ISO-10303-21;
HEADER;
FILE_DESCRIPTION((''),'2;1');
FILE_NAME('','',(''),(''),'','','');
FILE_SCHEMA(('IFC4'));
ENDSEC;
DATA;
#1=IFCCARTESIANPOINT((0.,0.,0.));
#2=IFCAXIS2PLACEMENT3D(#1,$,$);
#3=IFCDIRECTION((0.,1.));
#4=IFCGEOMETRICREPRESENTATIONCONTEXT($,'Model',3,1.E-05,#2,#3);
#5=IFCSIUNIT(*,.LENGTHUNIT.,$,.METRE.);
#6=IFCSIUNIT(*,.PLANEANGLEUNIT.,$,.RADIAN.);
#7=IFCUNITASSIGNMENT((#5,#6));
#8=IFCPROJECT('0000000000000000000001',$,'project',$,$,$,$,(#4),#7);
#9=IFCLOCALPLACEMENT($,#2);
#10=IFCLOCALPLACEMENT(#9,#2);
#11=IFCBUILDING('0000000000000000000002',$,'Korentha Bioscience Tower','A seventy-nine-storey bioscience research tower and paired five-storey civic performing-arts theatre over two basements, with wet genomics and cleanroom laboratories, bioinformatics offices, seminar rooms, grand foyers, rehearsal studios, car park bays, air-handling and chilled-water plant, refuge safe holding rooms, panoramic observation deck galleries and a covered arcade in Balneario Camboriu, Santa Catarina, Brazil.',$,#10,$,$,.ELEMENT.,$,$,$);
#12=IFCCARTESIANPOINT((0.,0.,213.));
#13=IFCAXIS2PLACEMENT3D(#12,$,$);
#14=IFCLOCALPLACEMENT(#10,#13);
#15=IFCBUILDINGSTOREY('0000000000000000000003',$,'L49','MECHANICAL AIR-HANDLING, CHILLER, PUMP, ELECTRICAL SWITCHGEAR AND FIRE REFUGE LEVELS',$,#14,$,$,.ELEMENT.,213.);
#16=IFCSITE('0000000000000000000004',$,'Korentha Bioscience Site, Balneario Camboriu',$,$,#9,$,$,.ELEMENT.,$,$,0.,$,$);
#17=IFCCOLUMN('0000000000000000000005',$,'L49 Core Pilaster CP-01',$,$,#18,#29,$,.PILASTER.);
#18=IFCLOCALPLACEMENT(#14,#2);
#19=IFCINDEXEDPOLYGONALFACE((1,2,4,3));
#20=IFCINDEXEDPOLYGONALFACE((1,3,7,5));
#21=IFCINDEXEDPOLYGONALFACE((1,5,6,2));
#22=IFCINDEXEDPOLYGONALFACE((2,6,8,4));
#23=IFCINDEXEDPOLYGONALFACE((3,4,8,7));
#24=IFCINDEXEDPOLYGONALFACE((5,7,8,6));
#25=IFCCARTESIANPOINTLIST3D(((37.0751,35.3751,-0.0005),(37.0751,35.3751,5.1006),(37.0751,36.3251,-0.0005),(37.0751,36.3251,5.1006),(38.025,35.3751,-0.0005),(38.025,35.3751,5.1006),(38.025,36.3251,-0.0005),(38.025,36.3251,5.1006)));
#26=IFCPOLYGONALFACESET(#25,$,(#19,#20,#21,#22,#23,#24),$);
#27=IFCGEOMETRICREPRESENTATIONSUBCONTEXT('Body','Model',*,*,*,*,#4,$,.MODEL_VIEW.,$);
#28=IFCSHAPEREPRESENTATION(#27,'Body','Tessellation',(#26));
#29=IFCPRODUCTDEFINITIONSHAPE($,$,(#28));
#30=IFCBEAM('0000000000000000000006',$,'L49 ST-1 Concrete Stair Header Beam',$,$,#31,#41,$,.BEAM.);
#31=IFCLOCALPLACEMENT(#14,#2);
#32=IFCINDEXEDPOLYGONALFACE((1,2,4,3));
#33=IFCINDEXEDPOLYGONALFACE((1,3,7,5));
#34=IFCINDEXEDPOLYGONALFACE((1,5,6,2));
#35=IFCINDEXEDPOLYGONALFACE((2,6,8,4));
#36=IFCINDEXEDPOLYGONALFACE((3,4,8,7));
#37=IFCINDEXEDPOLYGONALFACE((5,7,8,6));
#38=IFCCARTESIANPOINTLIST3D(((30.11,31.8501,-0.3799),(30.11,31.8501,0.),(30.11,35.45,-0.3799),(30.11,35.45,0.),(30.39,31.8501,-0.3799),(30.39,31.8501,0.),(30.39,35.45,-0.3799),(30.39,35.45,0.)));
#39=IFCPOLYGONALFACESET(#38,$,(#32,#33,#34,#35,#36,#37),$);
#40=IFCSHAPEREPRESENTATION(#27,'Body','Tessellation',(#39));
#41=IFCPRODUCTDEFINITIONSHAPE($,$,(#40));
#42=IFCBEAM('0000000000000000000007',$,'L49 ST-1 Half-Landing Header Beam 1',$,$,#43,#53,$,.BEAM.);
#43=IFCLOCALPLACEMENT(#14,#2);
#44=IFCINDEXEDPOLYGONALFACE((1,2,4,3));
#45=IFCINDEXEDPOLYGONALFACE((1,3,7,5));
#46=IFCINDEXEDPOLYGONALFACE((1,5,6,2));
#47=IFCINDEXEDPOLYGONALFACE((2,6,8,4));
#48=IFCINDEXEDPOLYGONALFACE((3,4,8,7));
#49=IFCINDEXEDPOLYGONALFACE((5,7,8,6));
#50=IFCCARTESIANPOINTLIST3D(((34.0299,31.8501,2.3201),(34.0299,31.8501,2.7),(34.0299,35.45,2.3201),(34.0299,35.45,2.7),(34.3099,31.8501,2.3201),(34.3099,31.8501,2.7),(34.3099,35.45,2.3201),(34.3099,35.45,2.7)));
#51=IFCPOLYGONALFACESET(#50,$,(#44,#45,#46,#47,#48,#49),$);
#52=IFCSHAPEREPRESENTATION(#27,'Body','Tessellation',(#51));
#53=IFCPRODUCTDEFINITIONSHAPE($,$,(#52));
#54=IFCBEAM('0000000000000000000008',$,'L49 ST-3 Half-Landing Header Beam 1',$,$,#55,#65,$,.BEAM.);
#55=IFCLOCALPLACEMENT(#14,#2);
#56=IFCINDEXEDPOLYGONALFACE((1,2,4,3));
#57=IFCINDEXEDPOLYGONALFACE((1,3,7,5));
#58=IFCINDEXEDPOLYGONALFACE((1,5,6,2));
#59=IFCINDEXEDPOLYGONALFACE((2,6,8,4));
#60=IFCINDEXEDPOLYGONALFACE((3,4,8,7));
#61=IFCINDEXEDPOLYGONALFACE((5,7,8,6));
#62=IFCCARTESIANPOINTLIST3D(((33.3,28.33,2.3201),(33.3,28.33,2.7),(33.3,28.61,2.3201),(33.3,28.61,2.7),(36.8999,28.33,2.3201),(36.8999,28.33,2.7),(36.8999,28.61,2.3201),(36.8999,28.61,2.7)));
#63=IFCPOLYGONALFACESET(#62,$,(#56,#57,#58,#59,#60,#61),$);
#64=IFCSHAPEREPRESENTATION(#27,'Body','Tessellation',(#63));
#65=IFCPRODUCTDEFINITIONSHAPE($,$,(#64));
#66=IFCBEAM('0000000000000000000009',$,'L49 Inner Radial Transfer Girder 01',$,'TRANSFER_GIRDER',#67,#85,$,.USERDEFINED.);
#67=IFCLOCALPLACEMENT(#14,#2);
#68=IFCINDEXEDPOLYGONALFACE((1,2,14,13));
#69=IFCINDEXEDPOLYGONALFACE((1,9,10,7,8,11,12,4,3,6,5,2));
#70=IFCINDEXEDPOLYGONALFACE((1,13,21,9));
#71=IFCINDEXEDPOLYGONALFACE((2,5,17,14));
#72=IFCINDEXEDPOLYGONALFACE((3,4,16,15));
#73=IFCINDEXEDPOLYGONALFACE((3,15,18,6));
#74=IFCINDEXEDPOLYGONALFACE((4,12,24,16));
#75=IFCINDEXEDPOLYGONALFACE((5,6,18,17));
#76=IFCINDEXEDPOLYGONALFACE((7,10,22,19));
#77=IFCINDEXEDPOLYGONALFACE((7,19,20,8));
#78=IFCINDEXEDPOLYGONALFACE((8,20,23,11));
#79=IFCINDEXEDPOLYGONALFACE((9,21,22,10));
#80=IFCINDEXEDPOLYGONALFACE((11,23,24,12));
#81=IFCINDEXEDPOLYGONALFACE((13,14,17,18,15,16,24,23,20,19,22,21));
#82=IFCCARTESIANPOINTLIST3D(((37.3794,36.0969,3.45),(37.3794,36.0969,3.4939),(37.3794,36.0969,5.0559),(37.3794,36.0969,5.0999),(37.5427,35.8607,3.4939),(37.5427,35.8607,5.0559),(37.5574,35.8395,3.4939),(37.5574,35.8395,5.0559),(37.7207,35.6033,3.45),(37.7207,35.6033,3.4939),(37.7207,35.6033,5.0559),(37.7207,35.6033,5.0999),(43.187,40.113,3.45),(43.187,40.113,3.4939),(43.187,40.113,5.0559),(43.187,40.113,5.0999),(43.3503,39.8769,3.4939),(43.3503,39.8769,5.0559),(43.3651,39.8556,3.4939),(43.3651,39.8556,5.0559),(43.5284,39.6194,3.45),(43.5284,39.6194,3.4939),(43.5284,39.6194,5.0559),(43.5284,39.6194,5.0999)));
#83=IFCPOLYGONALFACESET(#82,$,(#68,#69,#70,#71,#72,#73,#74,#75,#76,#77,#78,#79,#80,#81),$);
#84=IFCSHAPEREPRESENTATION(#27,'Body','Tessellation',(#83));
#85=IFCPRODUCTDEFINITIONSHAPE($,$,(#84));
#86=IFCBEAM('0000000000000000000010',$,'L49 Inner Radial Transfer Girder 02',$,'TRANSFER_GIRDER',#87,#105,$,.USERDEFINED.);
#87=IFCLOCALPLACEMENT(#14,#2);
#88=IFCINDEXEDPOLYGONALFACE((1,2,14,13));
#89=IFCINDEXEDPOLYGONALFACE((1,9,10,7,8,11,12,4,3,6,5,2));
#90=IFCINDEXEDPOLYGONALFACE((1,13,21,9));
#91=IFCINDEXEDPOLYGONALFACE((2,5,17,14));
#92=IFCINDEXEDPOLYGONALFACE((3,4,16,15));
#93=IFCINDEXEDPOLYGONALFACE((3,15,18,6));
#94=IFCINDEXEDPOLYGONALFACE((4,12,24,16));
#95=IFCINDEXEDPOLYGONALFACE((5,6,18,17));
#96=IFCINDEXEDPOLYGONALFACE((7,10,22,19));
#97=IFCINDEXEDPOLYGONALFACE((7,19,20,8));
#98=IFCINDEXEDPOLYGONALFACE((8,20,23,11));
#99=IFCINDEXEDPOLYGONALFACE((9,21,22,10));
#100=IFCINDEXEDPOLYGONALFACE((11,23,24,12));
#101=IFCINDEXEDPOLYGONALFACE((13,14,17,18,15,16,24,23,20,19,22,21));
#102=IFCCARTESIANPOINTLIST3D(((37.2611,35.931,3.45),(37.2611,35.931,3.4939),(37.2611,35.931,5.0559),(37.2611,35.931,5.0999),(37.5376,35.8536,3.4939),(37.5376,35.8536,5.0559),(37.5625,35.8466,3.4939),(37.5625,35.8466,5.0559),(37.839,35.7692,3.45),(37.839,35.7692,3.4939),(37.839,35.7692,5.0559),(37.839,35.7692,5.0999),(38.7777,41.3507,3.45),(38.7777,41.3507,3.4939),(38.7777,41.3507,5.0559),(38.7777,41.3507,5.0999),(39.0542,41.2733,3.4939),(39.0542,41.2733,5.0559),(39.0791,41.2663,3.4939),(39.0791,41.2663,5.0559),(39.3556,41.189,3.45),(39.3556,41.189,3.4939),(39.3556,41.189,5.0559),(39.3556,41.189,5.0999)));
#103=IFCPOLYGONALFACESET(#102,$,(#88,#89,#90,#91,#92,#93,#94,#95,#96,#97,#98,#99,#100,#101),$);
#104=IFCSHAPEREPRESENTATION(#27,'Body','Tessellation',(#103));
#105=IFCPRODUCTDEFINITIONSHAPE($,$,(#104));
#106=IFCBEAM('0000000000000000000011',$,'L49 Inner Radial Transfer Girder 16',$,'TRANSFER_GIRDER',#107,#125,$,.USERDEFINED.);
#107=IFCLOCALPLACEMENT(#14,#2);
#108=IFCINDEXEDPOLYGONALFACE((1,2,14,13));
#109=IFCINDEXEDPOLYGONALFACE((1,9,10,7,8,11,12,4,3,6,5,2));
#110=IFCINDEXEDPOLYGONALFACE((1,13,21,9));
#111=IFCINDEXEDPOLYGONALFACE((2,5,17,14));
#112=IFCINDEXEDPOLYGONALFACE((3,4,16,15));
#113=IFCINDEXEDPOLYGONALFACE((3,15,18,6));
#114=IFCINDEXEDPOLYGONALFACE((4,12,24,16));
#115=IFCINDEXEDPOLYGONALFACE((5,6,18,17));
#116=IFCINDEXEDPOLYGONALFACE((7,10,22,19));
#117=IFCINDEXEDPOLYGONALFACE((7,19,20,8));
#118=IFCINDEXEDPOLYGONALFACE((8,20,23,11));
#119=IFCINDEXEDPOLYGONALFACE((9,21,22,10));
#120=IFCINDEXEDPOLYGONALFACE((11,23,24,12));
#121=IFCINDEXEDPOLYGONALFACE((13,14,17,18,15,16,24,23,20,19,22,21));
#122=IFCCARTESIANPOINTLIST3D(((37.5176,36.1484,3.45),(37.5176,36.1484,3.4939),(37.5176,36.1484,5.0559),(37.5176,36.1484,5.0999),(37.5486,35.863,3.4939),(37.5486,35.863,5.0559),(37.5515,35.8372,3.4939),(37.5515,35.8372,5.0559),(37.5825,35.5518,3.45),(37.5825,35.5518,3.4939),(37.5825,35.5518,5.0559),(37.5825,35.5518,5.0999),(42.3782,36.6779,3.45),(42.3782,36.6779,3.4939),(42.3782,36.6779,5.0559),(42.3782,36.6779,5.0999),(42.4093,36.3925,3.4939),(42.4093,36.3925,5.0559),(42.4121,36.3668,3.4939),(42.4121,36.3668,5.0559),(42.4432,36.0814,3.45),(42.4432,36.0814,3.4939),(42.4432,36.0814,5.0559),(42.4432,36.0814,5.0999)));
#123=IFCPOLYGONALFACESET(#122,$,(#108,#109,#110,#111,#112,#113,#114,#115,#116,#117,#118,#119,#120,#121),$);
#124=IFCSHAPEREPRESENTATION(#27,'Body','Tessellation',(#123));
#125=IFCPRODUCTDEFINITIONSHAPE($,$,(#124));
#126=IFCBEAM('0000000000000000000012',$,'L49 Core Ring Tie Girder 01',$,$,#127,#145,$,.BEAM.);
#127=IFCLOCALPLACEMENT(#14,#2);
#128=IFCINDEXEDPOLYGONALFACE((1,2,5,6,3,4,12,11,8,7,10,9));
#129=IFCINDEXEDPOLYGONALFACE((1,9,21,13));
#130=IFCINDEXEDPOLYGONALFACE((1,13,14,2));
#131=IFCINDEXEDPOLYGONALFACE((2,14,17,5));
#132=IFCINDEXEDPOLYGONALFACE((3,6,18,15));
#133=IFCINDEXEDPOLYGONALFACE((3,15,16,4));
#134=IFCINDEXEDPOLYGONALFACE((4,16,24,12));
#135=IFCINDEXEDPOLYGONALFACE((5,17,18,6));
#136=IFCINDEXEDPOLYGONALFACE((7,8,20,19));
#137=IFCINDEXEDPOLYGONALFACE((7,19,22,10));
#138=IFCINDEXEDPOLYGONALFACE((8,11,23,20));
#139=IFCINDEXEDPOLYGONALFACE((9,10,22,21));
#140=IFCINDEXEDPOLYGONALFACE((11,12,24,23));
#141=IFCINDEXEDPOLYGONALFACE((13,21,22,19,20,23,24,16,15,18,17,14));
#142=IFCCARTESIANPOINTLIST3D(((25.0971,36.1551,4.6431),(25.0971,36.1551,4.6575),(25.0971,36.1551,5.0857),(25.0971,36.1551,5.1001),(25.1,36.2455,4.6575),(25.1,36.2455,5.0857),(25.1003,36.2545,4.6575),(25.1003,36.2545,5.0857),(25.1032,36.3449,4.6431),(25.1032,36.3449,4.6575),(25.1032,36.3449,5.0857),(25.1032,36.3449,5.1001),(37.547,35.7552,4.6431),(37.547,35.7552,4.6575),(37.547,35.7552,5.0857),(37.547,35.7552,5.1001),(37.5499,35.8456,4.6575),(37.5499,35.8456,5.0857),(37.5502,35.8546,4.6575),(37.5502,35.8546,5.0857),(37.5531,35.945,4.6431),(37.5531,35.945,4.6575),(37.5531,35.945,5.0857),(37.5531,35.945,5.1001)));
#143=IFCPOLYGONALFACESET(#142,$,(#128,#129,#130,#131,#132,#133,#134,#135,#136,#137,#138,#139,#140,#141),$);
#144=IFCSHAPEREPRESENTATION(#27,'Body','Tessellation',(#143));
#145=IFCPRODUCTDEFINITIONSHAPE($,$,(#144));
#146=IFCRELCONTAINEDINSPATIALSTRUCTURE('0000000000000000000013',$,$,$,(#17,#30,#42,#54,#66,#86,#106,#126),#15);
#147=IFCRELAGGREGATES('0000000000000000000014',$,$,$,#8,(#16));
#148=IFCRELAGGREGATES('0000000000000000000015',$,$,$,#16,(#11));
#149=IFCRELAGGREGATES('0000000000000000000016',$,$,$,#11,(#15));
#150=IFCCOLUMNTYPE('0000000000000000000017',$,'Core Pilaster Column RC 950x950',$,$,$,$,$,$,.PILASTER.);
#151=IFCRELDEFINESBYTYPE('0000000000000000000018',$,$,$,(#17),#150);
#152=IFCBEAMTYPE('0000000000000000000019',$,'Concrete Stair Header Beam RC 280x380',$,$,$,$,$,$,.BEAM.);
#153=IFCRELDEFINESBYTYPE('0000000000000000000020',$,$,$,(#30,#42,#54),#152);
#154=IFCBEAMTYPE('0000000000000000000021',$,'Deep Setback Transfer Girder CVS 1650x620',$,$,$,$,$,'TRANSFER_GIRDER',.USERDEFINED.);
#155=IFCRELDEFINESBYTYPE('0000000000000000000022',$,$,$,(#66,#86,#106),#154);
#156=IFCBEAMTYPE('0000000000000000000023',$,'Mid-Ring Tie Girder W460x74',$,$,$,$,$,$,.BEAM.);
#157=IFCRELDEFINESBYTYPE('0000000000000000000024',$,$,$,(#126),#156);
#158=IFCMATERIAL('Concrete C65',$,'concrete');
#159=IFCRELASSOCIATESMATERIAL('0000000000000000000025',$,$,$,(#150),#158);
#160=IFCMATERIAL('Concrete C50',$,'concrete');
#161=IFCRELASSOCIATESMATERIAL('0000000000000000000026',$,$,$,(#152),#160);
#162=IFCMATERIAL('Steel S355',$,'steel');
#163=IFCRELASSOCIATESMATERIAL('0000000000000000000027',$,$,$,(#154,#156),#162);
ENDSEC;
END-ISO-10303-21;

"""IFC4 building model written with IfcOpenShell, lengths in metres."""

from ifc_helpers import new_model, si_unit, direction, frame, origin, origin_2d, place, context, subcontext, project, spatial, rectangle, i_section, extrude, material, material_profile, profile_set, type_object, element, save


model = new_model("IFC4")

# Units and contexts
model_context = context("Model", 3, precision=1e-05, world=origin(), true_north=direction((0.0, 1.0)))
body_context = subcontext(model_context, "Body", "Model", "MODEL_VIEW")
ifc_project = project(units=[si_unit("LENGTHUNIT", "METRE"), si_unit("PLANEANGLEUNIT", "RADIAN")], contexts=[model_context])

# Site, building, storey
site_placement = place(None, origin())
site = spatial("IfcSite", under=ifc_project, at=site_placement, Name="Korentha Bioscience Site, Balneario Camboriu", CompositionType="ELEMENT", RefElevation=0.0)
building_placement = place(site_placement, origin())
building = spatial("IfcBuilding", under=site, at=building_placement, Name="Korentha Bioscience Tower", Description="A seventy-nine-storey bioscience research tower and paired five-storey civic performing-arts theatre over two basements, with wet genomics and cleanroom laboratories, bioinformatics offices, seminar rooms, grand foyers, rehearsal studios, car park bays, air-handling and chilled-water plant, refuge safe holding rooms, panoramic observation deck galleries and a covered arcade in Balneario Camboriu, Santa Catarina, Brazil.", CompositionType="ELEMENT")
storey_placement = place(building_placement, frame((0.0, 0.0, 213.0)))
storey = spatial("IfcBuildingStorey", under=building, at=storey_placement, Name="L49", Description="MECHANICAL AIR-HANDLING, CHILLER, PUMP, ELECTRICAL SWITCHGEAR AND FIRE REFUGE LEVELS", CompositionType="ELEMENT", Elevation=213.0)

# Column
ifc_material_1 = material(Name="Concrete C65", Category="concrete")
ifc_material_profile_1 = material_profile(ifc_material_1, rectangle(XDim=0.95, YDim=0.95, at=origin_2d()), Name="Concrete C65")
ifc_profile_set_1 = profile_set([ifc_material_profile_1], Name="Concrete C65 (COL-CP09)")
column_type = type_object("IfcColumnType", Name="Core Pilaster Column RC 950x950", PredefinedType="PILASTER", material=ifc_profile_set_1)
column_placement = place(storey_placement, frame((37.55, 35.8501, -0.0005), z_axis=(0.0, 0.0, 1.0), x_axis=(1.0, 0.0, 0.0)))
element("IfcColumn", 1, at=column_placement, inside=storey, type_object=column_type, Name="L49 Core Pilaster CP-01", PredefinedType="PILASTER", context=body_context, shape_type="SweptSolid", body=[
    extrude(rectangle(XDim=0.95, YDim=0.95, at=origin_2d()), origin(), (0.0, 0.0, 1.0), 5.1011),
])

# Beams
ifc_material_2 = material(Name="Concrete C50", Category="concrete")
ifc_material_profile_2 = material_profile(ifc_material_2, rectangle(XDim=0.28, YDim=0.3799, at=origin_2d()), Name="Concrete C50")
ifc_profile_set_2 = profile_set([ifc_material_profile_2], Name="Concrete C50 (ST-HB380)")
beam_type_1 = type_object("IfcBeamType", Name="Concrete Stair Header Beam RC 280x380", PredefinedType="BEAM", material=ifc_profile_set_2)
for number, where, z_axis, x_axis, name in (
    (2, (30.25, 31.8501, -0.1899), (0.0, 1.0, 0.0), (-1.0, 0.0, 0.0), "L49 ST-1 Concrete Stair Header Beam"),
    (3, (34.1699, 31.8501, 2.51), (0.0, 1.0, 0.0), (-1.0, 0.0, 0.0), "L49 ST-1 Half-Landing Header Beam 1"),
    (4, (36.8999, 28.47, 2.51), (-1.0, 0.0, 0.0), (0.0, -1.0, 0.0), "L49 ST-3 Half-Landing Header Beam 1"),
):
    element("IfcBeam", number, at=place(storey_placement, frame(where, z_axis=z_axis, x_axis=x_axis)), inside=storey, type_object=beam_type_1, Name=name, PredefinedType="BEAM", context=body_context, shape_type="SweptSolid", body=[
        extrude(rectangle(XDim=0.28, YDim=0.3799, at=origin_2d()), origin(), (0.0, 0.0, 1.0), 3.5999),
    ])
ifc_material_3 = material(Name="Steel S355", Category="steel")
ifc_material_profile_3 = material_profile(ifc_material_3, i_section(OverallWidth=0.6001, OverallDepth=1.6499, WebThickness=0.0259, FlangeThickness=0.0439, at=origin_2d()), Name="Steel S355")
ifc_profile_set_3 = profile_set([ifc_material_profile_3], Name="Steel S355 (TG-04)")
beam_type_2 = type_object("IfcBeamType", Name="Deep Setback Transfer Girder CVS 1650x620", ElementType="TRANSFER_GIRDER", PredefinedType="USERDEFINED", material=ifc_profile_set_3)
beam_1_placement = place(storey_placement, frame((37.55, 35.8501, 4.2749), z_axis=(0.822493, 0.568775, 0.0), x_axis=(-0.568775, 0.822493, 0.0)))
element("IfcBeam", 5, at=beam_1_placement, inside=storey, type_object=beam_type_2, Name="L49 Inner Radial Transfer Girder 01", ObjectType="TRANSFER_GIRDER", PredefinedType="USERDEFINED", context=body_context, shape_type="SweptSolid", body=[
    extrude(i_section(OverallWidth=0.6001, OverallDepth=1.6499, WebThickness=0.0259, FlangeThickness=0.0439, at=origin_2d()), origin(), (0.0, 0.0, 1.0), 7.061),
])
beam_2_placement = place(storey_placement, frame((37.55, 35.8501, 4.2749), z_axis=(0.26948, 0.963006, 0.0), x_axis=(-0.963006, 0.26948, 0.0)))
element("IfcBeam", 6, at=beam_2_placement, inside=storey, type_object=beam_type_2, Name="L49 Inner Radial Transfer Girder 02", ObjectType="TRANSFER_GIRDER", PredefinedType="USERDEFINED", context=body_context, shape_type="SweptSolid", body=[
    extrude(i_section(OverallWidth=0.6001, OverallDepth=1.6499, WebThickness=0.0259, FlangeThickness=0.0439, at=origin_2d()), origin(), (0.0, 0.0, 1.0), 5.6279),
])
beam_3_placement = place(storey_placement, frame((37.55, 35.8501, 4.2749), z_axis=(0.994118, 0.108305, 0.0), x_axis=(-0.108305, 0.994118, 0.0)))
element("IfcBeam", 7, at=beam_3_placement, inside=storey, type_object=beam_type_2, Name="L49 Inner Radial Transfer Girder 16", ObjectType="TRANSFER_GIRDER", PredefinedType="USERDEFINED", context=body_context, shape_type="SweptSolid", body=[
    extrude(i_section(OverallWidth=0.6001, OverallDepth=1.6499, WebThickness=0.0259, FlangeThickness=0.0439, at=origin_2d()), origin(), (0.0, 0.0, 1.0), 4.8894),
])
ifc_material_profile_4 = material_profile(ifc_material_3, i_section(OverallWidth=0.1899, OverallDepth=0.457, WebThickness=0.009, FlangeThickness=0.0144, at=origin_2d()), Name="Steel S355")
ifc_profile_set_4 = profile_set([ifc_material_profile_4], Name="Steel S355 (MB-460)")
beam_type_3 = type_object("IfcBeamType", Name="Mid-Ring Tie Girder W460x74", PredefinedType="BEAM", material=ifc_profile_set_4)
beam_4_placement = place(storey_placement, frame((37.55, 35.8501, 4.8716), z_axis=(-0.999485, 0.032104, 0.0), x_axis=(-0.032104, -0.999485, 0.0)))
element("IfcBeam", 8, at=beam_4_placement, inside=storey, type_object=beam_type_3, Name="L49 Core Ring Tie Girder 01", PredefinedType="BEAM", context=body_context, shape_type="SweptSolid", body=[
    extrude(i_section(OverallWidth=0.1899, OverallDepth=0.457, WebThickness=0.009, FlangeThickness=0.0144, at=origin_2d()), origin(), (0.0, 0.0, 1.0), 12.4563),
])

save(model, "model.ifc")
